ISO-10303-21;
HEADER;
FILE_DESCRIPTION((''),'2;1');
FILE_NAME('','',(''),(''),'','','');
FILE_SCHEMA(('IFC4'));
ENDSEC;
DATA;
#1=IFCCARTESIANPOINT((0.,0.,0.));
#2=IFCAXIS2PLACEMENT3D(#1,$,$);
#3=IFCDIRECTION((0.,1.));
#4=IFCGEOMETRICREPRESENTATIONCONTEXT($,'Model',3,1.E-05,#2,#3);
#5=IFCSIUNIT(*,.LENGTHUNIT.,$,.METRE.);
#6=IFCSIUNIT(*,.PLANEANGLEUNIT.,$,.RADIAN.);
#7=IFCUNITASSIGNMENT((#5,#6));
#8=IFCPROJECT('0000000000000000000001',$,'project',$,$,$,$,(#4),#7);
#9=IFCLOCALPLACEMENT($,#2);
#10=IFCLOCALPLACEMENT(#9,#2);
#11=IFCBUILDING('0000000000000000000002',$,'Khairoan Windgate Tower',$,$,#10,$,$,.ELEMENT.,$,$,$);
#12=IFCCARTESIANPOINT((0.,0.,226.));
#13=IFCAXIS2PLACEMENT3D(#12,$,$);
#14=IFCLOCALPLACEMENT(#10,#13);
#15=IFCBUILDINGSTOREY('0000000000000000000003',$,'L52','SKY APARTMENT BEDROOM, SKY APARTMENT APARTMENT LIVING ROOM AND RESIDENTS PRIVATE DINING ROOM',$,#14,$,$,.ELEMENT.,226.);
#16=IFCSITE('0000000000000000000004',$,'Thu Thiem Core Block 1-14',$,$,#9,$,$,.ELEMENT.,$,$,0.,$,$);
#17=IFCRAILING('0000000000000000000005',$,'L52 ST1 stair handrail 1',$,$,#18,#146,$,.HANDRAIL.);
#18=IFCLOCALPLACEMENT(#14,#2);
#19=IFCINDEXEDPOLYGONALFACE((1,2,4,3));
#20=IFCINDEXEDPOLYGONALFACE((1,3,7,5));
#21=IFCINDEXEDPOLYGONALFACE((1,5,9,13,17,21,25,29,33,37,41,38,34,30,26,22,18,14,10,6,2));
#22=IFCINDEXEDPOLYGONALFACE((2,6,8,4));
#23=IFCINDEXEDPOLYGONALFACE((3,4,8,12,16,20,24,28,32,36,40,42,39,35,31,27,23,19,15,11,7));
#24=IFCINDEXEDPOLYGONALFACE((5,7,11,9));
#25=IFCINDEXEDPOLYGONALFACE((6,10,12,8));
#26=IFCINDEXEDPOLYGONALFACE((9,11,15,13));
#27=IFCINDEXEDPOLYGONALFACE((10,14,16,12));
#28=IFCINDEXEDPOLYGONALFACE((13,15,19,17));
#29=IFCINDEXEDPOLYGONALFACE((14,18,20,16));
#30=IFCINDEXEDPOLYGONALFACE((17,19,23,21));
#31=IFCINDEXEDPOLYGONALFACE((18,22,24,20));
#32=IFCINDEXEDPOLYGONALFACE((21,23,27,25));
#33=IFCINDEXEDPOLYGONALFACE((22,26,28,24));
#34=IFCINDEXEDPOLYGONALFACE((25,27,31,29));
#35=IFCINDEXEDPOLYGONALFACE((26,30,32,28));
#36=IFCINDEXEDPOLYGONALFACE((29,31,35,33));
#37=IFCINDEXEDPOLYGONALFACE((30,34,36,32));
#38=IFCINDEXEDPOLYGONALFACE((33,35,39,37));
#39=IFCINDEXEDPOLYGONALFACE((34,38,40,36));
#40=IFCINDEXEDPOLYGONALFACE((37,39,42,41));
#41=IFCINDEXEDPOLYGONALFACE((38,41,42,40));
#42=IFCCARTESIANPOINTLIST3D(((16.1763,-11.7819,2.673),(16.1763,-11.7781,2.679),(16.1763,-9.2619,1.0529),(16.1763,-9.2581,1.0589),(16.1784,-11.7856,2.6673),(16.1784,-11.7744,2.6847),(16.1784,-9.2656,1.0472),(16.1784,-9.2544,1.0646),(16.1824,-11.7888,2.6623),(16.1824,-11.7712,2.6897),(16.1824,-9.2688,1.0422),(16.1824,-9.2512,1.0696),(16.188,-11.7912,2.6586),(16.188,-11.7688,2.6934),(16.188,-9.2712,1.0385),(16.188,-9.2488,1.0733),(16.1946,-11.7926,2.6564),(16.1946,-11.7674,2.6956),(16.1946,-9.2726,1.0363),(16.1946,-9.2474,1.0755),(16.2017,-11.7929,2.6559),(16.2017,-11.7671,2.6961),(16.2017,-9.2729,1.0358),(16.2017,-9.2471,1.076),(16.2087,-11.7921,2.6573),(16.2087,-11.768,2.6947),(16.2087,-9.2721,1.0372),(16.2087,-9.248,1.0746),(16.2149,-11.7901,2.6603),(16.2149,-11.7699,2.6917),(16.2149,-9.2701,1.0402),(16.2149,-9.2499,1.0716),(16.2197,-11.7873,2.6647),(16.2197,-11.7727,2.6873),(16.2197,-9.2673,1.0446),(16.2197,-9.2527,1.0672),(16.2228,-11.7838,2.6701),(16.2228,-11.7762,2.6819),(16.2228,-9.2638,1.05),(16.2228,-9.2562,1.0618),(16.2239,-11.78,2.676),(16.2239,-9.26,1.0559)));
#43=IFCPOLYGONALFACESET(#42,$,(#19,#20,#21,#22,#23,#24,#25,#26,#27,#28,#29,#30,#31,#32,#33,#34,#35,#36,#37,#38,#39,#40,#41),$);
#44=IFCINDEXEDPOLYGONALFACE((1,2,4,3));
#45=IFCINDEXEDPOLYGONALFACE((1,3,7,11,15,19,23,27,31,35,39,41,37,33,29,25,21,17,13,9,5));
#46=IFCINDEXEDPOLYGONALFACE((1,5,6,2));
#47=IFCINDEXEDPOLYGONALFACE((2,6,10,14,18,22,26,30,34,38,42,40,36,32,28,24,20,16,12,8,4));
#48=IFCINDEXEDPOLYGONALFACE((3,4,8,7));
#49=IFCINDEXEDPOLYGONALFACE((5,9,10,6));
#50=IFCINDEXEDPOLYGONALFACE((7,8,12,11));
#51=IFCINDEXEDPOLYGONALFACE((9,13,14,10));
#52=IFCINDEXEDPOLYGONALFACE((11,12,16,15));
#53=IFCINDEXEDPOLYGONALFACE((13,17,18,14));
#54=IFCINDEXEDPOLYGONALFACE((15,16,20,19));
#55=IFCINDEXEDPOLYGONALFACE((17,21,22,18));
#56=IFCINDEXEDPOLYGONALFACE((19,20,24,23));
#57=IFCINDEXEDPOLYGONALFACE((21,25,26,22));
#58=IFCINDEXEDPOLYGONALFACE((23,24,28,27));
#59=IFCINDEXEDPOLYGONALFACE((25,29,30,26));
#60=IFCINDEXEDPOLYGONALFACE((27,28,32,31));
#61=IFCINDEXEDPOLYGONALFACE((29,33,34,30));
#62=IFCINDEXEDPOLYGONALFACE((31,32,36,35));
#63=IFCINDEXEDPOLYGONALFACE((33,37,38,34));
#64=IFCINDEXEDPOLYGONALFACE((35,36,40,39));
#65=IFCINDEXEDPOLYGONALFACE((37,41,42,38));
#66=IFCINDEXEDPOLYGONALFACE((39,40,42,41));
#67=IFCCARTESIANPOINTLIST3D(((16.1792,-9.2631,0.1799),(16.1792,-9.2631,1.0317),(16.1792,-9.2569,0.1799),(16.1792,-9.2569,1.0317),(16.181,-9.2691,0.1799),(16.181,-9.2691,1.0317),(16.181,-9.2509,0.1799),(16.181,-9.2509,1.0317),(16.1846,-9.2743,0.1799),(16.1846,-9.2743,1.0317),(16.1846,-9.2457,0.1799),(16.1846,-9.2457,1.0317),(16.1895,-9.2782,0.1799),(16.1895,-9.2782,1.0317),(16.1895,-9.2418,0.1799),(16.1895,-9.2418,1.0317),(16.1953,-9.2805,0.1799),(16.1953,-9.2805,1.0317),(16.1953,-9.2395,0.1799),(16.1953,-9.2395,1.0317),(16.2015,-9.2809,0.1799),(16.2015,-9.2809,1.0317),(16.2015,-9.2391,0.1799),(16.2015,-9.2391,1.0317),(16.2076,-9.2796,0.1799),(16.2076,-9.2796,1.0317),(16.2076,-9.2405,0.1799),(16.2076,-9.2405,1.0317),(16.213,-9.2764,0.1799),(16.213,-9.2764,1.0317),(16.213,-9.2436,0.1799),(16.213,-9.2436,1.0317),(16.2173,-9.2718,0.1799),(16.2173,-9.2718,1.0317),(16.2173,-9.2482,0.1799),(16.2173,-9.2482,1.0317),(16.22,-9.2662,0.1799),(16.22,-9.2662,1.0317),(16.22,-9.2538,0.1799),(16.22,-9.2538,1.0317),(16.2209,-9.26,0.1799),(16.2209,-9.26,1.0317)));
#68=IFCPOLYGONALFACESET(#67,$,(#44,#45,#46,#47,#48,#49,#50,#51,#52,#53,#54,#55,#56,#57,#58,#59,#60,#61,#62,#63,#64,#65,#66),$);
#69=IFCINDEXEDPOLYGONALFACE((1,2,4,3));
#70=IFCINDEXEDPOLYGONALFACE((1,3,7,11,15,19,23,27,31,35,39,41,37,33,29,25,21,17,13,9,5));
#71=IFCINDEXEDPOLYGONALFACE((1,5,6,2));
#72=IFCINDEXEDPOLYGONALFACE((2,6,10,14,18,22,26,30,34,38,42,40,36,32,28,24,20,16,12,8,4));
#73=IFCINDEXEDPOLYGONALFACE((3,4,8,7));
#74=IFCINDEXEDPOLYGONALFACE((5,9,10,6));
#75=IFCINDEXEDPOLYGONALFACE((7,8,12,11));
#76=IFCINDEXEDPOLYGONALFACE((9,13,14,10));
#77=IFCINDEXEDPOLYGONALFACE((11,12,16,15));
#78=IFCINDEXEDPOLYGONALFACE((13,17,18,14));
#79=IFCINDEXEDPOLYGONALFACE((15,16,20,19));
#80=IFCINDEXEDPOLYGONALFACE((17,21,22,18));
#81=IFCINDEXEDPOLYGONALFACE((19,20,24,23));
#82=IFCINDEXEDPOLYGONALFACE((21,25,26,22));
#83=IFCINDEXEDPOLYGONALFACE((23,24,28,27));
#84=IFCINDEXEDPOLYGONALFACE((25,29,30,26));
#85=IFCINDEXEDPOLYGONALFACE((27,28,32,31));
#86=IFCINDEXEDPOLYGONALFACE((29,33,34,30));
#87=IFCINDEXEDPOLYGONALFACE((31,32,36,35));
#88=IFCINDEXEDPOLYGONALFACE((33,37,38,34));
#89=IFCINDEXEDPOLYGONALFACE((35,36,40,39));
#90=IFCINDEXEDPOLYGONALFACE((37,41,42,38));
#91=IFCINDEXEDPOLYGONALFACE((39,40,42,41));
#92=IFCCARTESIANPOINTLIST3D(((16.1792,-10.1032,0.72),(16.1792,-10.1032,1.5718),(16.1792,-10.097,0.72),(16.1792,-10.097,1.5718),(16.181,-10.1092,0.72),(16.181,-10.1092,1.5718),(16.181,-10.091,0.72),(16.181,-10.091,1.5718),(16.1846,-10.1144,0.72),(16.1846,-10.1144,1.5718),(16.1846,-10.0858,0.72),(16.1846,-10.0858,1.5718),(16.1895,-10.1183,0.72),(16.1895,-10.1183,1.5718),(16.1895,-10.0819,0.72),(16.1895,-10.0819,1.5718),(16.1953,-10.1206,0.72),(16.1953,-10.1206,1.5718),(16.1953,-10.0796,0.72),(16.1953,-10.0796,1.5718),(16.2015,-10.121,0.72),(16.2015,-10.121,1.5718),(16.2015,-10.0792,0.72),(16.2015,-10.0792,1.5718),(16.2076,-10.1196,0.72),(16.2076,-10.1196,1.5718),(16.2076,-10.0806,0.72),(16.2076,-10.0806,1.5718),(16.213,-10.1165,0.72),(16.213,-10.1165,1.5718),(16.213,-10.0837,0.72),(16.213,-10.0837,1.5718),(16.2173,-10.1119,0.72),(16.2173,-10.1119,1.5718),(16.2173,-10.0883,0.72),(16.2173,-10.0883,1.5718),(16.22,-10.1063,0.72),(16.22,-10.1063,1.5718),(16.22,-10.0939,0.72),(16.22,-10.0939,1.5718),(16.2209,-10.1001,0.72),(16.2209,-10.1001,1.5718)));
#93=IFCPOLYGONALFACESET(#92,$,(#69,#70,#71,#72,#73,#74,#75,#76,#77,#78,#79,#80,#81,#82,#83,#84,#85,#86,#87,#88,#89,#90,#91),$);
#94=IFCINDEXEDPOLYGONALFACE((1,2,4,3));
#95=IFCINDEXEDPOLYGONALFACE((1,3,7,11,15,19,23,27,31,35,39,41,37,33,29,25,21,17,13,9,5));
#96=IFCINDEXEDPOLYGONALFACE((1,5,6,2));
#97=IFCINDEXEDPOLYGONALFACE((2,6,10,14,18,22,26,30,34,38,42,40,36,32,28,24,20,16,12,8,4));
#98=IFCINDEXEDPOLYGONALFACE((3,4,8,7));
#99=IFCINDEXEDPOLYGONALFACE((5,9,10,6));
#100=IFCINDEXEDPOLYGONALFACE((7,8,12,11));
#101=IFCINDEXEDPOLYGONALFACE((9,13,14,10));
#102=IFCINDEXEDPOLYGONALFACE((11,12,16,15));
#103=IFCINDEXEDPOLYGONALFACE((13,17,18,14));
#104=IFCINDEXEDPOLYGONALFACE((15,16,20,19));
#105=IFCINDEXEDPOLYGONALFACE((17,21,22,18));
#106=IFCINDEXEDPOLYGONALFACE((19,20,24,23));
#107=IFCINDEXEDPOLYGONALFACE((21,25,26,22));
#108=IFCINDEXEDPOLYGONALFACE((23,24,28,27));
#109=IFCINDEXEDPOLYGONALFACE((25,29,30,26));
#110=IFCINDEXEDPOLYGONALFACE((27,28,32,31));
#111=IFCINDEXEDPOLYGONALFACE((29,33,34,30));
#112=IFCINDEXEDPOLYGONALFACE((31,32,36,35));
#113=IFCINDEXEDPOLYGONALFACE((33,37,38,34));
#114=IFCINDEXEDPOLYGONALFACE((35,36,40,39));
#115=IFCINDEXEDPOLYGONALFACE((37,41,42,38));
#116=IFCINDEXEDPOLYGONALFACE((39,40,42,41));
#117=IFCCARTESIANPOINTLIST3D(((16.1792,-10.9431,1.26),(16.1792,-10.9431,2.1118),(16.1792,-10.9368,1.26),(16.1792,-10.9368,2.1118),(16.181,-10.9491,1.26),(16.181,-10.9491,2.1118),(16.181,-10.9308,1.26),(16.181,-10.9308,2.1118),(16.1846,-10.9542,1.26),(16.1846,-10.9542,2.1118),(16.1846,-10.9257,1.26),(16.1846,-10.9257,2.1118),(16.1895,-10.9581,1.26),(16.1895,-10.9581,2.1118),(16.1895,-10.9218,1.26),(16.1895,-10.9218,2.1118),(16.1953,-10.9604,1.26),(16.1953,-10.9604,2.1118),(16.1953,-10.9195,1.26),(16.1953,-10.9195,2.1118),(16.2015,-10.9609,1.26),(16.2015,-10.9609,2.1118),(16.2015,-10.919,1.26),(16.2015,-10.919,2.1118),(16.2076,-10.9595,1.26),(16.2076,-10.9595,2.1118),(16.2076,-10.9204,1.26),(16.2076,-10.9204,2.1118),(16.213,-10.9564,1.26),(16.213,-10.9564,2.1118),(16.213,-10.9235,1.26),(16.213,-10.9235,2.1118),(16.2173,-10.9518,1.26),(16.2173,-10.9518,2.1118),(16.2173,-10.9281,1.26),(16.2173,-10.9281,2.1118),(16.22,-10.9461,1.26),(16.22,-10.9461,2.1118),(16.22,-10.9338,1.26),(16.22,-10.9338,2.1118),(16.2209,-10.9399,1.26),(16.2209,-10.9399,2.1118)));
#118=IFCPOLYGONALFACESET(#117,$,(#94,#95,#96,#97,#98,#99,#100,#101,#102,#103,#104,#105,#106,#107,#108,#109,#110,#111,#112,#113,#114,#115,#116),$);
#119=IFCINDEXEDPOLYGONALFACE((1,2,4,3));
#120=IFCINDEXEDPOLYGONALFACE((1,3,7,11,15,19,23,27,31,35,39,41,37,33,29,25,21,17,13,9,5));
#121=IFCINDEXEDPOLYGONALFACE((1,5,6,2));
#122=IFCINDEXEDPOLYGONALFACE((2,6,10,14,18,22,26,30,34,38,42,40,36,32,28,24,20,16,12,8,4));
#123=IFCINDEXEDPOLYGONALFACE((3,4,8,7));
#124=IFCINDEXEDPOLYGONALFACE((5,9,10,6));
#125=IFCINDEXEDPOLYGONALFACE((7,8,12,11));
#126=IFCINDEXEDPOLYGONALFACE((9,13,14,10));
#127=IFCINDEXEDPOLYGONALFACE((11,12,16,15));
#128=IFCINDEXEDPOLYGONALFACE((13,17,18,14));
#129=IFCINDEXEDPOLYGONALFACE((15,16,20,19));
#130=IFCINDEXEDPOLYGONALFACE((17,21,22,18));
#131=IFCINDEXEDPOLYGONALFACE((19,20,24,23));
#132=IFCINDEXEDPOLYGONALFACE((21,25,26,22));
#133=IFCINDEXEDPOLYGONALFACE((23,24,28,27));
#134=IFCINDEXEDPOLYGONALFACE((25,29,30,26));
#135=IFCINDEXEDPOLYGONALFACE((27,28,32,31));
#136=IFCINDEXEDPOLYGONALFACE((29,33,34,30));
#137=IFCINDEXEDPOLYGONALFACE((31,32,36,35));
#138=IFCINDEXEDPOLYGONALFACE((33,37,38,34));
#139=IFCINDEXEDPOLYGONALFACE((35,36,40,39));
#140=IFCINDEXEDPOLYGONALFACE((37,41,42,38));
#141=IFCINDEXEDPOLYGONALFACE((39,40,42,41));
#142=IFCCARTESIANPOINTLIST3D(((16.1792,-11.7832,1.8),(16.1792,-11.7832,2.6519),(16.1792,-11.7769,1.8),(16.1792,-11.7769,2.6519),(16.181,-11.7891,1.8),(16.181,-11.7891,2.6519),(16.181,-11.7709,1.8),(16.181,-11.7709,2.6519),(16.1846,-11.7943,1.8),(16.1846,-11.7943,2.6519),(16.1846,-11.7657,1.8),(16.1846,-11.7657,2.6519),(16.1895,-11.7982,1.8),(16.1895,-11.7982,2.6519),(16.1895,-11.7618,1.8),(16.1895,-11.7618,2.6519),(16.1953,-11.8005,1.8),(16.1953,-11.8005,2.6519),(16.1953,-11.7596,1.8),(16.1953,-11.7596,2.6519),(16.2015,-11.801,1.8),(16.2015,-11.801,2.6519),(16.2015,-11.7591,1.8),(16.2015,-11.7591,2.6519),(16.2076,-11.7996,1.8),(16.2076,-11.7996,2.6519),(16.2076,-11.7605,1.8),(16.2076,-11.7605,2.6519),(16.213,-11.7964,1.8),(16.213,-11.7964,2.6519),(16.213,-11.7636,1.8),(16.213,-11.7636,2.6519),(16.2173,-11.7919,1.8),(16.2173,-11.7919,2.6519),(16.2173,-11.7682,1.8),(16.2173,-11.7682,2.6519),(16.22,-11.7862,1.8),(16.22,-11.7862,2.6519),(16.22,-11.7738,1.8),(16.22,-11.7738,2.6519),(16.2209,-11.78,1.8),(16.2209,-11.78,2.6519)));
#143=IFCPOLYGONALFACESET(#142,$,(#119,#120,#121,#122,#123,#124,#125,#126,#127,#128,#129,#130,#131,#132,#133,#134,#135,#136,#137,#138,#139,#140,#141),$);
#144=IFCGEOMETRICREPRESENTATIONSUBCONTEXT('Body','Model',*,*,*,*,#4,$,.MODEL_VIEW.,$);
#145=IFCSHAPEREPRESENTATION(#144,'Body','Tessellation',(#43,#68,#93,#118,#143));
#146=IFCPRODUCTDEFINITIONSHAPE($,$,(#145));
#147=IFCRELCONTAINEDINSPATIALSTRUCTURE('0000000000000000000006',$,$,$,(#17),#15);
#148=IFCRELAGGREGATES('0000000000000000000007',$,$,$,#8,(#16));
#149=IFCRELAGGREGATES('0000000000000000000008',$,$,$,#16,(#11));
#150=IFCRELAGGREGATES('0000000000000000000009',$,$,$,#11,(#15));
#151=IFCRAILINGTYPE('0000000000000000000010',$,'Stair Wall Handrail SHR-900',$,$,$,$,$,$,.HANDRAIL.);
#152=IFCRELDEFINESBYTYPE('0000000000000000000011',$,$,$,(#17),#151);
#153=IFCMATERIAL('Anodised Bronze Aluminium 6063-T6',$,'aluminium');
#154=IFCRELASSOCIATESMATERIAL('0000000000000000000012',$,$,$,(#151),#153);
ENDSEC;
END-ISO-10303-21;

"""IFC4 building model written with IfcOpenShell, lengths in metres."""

from ifc_helpers import new_model, si_unit, direction, frame, origin, origin_2d, place, context, subcontext, project, spatial, circle, extrude, material, type_object, element, save


model = new_model("IFC4")

# Units and contexts
model_context = context("Model", 3, precision=1e-05, world=origin(), true_north=direction((0.0, 1.0)))
body_context = subcontext(model_context, "Body", "Model", "MODEL_VIEW")
ifc_project = project(units=[si_unit("LENGTHUNIT", "METRE"), si_unit("PLANEANGLEUNIT", "RADIAN")], contexts=[model_context])

# Site, building, storey
site_placement = place(None, origin())
site = spatial("IfcSite", under=ifc_project, at=site_placement, Name="Thu Thiem Core Block 1-14", CompositionType="ELEMENT", RefElevation=0.0)
building_placement = place(site_placement, origin())
building = spatial("IfcBuilding", under=site, at=building_placement, Name="Khairoan Windgate Tower", CompositionType="ELEMENT")
storey_placement = place(building_placement, frame((0.0, 0.0, 226.0)))
storey = spatial("IfcBuildingStorey", under=building, at=storey_placement, Name="L52", Description="SKY APARTMENT BEDROOM, SKY APARTMENT APARTMENT LIVING ROOM AND RESIDENTS PRIVATE DINING ROOM", CompositionType="ELEMENT", Elevation=226.0)

# Railing
ifc_material_1 = material(Name="Anodised Bronze Aluminium 6063-T6", Category="aluminium")
railing_type_1 = type_object("IfcRailingType", Name="Stair Wall Handrail SHR-900", PredefinedType="HANDRAIL", material=ifc_material_1)
railing_1_placement = place(storey_placement, frame((16.2, -9.26, 0.1799)))
element("IfcRailing", 1, at=railing_1_placement, inside=storey, type_object=railing_type_1, Name="L52 ST1 stair handrail 1", PredefinedType="HANDRAIL", context=body_context, shape_type="SweptSolid", body=[
    extrude(circle(Radius=0.0239, at=origin_2d()), frame((0.0, 0.0, 0.876), z_axis=(0.0, -0.841163, 0.540782), x_axis=(1.0, 0.0, 0.0)), (0.0, 0.0, 1.0), 2.9958),
    extrude(circle(Radius=0.021, at=origin_2d()), origin(), (0.0, 0.0, 1.0), 0.8518),
    extrude(circle(Radius=0.021, at=origin_2d()), frame((0.0, -0.8401, 0.54)), (0.0, 0.0, 1.0), 0.8518),
    extrude(circle(Radius=0.021, at=origin_2d()), frame((0.0, -1.6799, 1.0801)), (0.0, 0.0, 1.0), 0.8518),
    extrude(circle(Radius=0.021, at=origin_2d()), frame((0.0, -2.52, 1.6201)), (0.0, 0.0, 1.0), 0.8518),
])

save(model, "model.ifc")
